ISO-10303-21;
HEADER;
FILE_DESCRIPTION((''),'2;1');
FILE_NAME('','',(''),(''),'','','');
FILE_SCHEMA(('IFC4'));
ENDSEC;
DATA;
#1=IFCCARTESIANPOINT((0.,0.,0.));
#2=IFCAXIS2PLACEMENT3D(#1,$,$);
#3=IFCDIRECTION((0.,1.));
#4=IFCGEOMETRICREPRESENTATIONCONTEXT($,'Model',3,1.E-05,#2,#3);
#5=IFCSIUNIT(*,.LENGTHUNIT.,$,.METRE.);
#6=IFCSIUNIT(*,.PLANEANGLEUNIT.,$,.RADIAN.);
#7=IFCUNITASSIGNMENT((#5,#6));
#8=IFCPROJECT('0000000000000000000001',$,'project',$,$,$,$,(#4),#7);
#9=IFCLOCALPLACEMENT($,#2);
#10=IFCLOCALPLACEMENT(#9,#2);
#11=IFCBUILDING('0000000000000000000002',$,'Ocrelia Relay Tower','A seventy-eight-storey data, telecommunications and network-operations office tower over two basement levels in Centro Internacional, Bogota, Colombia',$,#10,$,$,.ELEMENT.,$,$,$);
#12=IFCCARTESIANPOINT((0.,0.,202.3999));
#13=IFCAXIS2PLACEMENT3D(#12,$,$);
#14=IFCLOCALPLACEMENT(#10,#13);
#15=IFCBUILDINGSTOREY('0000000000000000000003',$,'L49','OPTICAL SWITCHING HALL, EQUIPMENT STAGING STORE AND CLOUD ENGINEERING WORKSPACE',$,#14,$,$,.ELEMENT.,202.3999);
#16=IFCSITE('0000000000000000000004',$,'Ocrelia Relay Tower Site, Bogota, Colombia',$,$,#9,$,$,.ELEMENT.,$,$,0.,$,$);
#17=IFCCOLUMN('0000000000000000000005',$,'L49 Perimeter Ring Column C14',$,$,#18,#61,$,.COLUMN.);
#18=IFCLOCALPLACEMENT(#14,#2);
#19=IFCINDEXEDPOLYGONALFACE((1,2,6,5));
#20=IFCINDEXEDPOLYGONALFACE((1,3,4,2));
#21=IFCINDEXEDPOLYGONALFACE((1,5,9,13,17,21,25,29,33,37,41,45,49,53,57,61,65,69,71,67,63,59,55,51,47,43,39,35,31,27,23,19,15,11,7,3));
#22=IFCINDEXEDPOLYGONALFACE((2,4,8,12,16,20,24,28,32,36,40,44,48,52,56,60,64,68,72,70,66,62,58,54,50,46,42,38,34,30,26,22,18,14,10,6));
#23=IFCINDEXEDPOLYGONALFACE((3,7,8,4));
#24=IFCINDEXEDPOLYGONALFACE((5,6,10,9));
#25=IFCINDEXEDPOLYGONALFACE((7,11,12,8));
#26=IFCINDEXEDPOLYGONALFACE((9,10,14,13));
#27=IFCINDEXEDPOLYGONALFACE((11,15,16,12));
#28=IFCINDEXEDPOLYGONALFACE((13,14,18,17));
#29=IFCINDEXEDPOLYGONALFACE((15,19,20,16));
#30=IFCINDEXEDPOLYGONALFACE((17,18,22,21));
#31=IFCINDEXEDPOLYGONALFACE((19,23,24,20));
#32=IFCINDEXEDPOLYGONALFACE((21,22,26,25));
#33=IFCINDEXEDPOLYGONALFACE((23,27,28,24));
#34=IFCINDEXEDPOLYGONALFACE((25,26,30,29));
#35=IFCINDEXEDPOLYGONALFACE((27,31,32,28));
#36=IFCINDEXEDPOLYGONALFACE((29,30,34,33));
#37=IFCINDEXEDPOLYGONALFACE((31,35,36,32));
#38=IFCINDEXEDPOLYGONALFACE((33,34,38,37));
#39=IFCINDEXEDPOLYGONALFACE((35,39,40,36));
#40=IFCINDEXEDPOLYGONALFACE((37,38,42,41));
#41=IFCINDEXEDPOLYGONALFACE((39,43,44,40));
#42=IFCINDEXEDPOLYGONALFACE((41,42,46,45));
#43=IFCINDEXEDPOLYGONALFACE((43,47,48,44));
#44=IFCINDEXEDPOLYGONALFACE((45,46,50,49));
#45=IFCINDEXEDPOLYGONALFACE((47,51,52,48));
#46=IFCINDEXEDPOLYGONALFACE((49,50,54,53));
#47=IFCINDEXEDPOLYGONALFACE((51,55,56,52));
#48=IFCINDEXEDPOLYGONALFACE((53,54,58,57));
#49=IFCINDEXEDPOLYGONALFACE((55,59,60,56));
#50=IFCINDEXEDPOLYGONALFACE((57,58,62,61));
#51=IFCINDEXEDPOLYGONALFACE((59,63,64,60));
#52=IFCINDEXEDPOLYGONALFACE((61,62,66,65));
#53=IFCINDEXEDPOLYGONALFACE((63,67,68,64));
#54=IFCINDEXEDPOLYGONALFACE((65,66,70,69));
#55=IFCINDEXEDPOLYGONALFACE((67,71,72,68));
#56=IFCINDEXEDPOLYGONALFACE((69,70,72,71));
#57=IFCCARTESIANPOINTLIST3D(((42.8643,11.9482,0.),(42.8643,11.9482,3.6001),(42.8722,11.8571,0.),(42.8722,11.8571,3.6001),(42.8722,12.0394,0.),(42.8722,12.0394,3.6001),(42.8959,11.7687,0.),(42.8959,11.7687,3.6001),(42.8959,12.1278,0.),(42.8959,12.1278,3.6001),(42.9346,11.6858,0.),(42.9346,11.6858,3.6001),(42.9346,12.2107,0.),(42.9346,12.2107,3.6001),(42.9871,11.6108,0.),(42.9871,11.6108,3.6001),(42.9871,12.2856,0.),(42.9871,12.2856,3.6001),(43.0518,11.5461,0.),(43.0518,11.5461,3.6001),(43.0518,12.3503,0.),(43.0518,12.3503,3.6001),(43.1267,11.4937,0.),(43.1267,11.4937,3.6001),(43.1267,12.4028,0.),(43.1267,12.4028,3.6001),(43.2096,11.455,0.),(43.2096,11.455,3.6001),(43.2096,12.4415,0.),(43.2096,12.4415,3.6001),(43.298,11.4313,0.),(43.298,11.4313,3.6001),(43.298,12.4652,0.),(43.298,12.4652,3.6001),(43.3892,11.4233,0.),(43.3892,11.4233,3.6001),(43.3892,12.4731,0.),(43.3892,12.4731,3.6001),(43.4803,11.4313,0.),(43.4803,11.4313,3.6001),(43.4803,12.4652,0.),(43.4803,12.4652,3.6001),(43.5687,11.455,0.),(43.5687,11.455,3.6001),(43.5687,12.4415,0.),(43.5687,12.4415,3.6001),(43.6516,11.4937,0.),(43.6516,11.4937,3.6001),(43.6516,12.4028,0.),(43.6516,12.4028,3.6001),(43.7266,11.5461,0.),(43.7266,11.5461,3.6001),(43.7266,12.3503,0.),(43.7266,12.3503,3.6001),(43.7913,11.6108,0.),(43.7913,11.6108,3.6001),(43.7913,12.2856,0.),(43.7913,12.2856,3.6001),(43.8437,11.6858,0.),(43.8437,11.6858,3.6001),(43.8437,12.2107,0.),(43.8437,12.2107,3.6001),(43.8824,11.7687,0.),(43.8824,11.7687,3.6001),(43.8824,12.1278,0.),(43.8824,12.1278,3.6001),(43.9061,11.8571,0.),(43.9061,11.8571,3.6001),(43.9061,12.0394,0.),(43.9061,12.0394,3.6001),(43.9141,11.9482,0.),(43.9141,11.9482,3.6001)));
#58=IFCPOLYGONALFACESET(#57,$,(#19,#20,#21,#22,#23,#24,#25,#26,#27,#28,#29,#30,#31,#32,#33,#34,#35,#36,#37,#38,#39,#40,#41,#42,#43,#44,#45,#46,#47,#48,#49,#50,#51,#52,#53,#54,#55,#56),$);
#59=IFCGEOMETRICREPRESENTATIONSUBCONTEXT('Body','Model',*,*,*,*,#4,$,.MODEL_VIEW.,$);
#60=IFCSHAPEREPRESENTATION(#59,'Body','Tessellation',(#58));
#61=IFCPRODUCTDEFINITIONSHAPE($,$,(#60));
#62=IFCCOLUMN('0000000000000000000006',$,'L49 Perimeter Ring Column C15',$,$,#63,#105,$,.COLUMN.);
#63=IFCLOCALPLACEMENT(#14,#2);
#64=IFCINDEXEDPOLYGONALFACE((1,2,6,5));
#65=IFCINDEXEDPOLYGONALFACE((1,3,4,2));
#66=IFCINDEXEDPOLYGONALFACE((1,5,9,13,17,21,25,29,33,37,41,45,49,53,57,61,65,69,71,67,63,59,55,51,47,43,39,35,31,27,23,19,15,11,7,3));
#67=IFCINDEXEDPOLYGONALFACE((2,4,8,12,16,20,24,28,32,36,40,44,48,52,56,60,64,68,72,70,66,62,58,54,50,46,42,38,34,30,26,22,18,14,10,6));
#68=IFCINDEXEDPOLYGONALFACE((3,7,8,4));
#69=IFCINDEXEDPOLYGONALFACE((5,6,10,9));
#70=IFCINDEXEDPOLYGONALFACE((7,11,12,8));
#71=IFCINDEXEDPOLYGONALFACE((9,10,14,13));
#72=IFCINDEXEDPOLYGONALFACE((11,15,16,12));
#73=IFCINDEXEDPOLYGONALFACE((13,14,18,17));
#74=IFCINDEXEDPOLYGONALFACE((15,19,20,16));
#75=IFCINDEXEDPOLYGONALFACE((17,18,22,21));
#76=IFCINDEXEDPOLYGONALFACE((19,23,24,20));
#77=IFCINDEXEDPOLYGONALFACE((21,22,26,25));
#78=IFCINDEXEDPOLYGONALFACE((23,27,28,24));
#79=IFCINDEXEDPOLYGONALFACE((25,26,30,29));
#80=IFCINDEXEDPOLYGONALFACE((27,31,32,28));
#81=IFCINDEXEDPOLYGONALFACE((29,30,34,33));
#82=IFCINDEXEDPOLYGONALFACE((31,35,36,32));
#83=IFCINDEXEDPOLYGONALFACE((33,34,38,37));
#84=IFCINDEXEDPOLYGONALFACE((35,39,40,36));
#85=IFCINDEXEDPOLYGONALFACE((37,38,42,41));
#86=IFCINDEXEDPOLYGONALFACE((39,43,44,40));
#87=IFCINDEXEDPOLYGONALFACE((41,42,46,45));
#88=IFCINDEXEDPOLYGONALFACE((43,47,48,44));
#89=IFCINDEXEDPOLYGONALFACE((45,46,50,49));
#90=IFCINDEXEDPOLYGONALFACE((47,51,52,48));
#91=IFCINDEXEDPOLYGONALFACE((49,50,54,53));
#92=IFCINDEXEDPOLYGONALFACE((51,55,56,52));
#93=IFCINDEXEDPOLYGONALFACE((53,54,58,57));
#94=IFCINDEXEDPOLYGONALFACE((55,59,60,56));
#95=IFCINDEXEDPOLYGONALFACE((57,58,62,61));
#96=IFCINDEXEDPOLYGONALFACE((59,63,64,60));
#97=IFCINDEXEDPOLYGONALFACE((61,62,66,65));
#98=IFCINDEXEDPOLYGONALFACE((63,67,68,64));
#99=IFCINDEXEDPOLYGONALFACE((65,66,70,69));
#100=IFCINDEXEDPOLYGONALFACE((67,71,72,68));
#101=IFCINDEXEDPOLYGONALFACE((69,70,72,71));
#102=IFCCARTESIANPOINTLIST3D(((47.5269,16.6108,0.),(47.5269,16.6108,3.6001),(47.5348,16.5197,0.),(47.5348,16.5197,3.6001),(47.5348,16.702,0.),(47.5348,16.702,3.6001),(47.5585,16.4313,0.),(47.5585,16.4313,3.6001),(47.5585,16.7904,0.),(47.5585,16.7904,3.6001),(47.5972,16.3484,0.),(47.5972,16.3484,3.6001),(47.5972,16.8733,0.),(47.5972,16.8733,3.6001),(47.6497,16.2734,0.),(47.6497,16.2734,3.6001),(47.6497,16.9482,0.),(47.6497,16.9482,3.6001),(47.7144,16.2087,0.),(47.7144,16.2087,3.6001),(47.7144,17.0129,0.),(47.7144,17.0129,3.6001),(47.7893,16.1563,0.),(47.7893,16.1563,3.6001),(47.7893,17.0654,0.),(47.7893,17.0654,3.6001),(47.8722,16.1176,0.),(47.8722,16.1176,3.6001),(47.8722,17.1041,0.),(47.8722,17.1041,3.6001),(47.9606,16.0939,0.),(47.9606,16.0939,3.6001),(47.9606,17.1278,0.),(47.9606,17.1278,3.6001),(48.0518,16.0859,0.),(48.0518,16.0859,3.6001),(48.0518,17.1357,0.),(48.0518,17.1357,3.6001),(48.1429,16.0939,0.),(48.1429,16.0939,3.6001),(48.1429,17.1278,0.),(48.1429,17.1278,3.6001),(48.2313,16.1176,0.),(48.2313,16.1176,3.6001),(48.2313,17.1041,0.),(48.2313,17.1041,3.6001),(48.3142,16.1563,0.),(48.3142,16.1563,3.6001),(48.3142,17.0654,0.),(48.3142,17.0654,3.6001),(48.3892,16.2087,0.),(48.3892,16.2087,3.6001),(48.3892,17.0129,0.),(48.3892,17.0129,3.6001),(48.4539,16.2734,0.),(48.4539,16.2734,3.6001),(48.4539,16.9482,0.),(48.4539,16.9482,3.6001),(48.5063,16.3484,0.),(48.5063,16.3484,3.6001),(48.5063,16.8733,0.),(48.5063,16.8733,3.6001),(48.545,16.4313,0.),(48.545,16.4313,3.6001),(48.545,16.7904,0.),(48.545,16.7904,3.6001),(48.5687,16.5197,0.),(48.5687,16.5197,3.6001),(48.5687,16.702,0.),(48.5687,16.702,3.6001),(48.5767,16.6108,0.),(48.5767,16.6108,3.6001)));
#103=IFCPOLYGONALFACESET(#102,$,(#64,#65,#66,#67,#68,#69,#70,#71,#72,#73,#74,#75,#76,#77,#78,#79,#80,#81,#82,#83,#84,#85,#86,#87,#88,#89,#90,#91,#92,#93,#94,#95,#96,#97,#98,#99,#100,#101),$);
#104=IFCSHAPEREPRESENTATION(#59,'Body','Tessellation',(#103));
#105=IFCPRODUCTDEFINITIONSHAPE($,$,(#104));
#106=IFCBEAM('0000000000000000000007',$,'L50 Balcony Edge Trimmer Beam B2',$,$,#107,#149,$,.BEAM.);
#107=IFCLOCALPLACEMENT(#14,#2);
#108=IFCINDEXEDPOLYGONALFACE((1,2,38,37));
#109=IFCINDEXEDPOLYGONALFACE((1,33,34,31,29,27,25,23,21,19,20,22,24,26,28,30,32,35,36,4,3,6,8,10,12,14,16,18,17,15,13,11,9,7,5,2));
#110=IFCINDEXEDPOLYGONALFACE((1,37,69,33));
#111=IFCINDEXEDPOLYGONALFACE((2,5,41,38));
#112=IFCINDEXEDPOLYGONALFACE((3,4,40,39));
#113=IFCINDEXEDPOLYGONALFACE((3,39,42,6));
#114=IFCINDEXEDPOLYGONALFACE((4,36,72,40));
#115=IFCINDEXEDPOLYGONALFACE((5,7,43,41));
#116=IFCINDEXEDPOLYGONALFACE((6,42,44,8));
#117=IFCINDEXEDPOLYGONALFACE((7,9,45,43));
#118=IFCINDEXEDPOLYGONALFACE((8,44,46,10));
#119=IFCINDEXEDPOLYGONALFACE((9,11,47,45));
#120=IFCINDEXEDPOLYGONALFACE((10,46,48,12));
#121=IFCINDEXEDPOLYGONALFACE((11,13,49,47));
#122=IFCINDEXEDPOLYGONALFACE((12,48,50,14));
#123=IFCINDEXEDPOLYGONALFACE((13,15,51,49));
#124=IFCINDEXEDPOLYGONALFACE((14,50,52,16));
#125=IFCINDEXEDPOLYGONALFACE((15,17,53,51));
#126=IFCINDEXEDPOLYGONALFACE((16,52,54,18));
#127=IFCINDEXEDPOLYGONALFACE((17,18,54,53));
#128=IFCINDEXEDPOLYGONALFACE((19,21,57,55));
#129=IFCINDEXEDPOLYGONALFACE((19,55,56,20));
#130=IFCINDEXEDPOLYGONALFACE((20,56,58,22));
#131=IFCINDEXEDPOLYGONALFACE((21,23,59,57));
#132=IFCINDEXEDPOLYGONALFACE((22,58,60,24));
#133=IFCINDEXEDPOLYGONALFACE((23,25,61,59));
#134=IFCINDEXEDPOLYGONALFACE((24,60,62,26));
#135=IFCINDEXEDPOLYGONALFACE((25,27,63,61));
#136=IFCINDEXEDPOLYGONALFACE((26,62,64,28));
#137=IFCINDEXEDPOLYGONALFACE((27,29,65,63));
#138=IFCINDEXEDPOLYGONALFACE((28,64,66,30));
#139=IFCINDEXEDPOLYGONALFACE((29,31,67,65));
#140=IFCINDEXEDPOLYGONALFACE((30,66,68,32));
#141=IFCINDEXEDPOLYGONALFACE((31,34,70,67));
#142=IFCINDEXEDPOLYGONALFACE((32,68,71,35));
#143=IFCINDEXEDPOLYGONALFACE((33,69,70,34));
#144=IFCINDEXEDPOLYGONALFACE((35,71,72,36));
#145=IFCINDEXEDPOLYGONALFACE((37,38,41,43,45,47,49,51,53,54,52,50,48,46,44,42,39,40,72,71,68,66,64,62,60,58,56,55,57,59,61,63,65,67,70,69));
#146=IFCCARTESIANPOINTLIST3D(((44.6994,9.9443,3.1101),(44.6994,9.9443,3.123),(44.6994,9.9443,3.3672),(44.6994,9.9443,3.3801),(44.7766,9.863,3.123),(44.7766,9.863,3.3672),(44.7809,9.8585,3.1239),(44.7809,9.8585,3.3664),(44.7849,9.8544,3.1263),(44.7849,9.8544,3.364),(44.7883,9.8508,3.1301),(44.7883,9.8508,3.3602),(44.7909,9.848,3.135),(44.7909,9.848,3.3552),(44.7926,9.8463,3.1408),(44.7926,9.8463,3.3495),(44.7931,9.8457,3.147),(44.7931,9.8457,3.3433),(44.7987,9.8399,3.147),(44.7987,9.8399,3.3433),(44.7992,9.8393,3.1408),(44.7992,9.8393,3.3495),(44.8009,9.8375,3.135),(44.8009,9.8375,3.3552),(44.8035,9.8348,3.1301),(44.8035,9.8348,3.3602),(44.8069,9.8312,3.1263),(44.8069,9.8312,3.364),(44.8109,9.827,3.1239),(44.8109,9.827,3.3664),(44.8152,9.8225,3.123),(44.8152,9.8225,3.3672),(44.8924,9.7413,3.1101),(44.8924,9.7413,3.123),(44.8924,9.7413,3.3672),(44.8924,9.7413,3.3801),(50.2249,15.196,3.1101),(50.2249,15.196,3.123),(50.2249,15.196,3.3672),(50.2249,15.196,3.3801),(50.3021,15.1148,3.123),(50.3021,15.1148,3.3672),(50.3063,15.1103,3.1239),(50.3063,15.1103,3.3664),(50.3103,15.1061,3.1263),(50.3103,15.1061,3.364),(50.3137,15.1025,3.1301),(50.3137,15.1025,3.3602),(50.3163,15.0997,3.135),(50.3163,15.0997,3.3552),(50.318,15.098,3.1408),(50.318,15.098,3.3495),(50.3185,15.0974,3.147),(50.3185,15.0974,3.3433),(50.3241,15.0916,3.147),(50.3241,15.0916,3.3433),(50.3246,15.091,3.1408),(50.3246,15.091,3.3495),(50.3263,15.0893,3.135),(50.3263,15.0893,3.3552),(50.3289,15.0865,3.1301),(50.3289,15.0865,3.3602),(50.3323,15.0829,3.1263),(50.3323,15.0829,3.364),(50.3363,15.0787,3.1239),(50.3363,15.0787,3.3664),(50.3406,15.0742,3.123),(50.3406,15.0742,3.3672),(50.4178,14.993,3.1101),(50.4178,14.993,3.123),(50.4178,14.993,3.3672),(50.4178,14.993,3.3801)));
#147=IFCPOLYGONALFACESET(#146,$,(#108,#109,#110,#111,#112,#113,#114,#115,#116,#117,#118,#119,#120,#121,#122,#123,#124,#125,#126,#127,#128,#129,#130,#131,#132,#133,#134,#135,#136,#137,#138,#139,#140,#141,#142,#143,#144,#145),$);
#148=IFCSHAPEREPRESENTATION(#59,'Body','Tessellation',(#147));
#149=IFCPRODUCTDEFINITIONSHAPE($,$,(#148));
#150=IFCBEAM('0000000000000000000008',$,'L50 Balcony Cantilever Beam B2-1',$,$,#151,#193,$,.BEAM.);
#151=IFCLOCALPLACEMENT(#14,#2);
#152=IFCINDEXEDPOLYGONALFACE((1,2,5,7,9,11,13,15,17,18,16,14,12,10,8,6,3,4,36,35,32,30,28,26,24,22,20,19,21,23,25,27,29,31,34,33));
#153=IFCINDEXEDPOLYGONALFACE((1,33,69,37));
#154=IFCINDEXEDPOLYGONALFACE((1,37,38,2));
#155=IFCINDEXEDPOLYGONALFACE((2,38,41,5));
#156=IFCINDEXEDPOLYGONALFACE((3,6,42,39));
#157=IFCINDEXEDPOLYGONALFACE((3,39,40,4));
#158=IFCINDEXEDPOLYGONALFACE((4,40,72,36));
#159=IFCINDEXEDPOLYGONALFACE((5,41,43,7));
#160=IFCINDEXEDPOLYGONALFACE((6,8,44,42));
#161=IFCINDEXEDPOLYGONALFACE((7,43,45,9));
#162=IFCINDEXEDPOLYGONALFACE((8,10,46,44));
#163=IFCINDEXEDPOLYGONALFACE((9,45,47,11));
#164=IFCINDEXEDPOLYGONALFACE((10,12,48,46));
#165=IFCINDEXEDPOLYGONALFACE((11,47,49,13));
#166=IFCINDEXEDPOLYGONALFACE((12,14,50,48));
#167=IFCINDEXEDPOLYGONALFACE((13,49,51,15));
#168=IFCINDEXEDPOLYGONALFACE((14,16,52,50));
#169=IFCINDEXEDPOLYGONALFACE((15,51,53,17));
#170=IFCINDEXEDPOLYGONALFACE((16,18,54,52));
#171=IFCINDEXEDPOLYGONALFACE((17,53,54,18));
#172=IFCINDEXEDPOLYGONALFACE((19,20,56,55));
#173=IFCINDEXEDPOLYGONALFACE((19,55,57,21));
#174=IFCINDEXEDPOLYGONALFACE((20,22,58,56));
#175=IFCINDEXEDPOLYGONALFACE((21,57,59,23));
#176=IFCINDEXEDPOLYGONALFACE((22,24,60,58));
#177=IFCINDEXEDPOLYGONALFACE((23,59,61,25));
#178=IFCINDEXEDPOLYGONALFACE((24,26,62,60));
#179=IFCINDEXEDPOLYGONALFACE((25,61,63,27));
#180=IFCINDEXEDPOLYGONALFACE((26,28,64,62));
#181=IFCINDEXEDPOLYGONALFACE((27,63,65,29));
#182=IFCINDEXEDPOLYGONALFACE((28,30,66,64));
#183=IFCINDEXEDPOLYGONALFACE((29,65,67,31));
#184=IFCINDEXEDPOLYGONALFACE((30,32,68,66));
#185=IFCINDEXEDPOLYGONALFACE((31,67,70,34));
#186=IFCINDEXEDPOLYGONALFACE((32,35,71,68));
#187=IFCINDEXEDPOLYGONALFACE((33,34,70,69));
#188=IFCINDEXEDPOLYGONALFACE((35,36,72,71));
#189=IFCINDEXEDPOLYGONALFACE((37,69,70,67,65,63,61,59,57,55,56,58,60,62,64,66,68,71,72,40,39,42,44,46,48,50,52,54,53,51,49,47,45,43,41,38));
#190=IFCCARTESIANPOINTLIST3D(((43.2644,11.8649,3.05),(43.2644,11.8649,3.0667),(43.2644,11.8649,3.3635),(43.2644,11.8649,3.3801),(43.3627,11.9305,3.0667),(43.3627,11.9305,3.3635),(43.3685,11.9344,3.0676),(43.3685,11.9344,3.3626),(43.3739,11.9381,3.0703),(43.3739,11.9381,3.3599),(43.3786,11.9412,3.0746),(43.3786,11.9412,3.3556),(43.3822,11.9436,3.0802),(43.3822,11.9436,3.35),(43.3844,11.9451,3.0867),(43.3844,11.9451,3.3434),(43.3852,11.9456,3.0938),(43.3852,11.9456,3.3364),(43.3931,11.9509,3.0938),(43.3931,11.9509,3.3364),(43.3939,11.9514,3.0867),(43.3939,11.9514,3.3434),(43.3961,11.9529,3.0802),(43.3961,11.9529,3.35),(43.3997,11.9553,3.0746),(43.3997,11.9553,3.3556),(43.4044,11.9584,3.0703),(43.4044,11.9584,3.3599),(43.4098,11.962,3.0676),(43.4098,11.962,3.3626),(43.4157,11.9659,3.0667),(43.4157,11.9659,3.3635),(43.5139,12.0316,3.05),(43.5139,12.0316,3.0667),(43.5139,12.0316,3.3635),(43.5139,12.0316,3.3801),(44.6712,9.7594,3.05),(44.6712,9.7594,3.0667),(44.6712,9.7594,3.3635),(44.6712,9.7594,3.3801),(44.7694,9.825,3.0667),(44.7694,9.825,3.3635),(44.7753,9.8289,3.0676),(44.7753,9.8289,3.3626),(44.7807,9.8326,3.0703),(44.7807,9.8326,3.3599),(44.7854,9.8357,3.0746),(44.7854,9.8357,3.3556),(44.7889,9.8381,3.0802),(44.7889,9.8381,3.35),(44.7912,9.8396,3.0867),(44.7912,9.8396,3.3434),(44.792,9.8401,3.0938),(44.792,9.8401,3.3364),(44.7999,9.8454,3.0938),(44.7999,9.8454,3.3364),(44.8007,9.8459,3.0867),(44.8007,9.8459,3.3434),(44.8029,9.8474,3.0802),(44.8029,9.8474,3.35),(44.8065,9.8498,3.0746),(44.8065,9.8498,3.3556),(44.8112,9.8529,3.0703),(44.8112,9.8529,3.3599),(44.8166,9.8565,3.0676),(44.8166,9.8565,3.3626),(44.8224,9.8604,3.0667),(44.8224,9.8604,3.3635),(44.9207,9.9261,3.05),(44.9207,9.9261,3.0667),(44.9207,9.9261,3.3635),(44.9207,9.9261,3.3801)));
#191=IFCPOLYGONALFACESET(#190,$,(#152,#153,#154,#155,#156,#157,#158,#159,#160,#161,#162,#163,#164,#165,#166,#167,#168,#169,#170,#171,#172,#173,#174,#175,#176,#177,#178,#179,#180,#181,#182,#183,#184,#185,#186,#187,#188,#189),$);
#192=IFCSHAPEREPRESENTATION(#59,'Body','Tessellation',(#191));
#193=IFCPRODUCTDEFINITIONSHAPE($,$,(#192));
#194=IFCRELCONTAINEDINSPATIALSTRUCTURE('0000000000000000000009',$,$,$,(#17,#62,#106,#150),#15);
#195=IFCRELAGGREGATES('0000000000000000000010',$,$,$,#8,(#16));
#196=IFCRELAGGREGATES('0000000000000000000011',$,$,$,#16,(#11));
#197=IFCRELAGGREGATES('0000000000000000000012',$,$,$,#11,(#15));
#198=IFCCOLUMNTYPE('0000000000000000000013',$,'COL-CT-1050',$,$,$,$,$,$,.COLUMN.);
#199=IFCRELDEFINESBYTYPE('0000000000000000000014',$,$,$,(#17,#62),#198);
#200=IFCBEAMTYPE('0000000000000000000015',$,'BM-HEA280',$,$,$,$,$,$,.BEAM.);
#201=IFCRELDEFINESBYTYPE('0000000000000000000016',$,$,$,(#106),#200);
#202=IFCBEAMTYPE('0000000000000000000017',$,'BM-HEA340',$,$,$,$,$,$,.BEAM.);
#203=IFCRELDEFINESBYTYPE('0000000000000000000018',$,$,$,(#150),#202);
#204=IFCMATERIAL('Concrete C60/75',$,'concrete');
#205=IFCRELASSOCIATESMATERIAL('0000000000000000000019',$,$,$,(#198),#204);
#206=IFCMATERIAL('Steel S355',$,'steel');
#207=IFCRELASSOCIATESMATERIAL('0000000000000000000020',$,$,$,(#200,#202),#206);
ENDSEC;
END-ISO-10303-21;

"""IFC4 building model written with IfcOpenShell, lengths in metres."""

from ifc_helpers import new_model, si_unit, direction, frame, origin, origin_2d, place, context, subcontext, project, spatial, circle, i_section, extrude, material, material_profile, profile_set, type_object, element, save


model = new_model("IFC4")

# Units and contexts
model_context = context("Model", 3, precision=1e-05, world=origin(), true_north=direction((0.0, 1.0)))
body_context = subcontext(model_context, "Body", "Model", "MODEL_VIEW")
ifc_project = project(units=[si_unit("LENGTHUNIT", "METRE"), si_unit("PLANEANGLEUNIT", "RADIAN")], contexts=[model_context])

# Site, building, storey
site_placement = place(None, origin())
site = spatial("IfcSite", under=ifc_project, at=site_placement, Name="Ocrelia Relay Tower Site, Bogota, Colombia", CompositionType="ELEMENT", RefElevation=0.0)
building_placement = place(site_placement, origin())
building = spatial("IfcBuilding", under=site, at=building_placement, Name="Ocrelia Relay Tower", Description="A seventy-eight-storey data, telecommunications and network-operations office tower over two basement levels in Centro Internacional, Bogota, Colombia", CompositionType="ELEMENT")
storey_placement = place(building_placement, frame((0.0, 0.0, 202.3999)))
storey = spatial("IfcBuildingStorey", under=building, at=storey_placement, Name="L49", Description="OPTICAL SWITCHING HALL, EQUIPMENT STAGING STORE AND CLOUD ENGINEERING WORKSPACE", CompositionType="ELEMENT", Elevation=202.3999)

# Columns
ifc_material_1 = material(Name="Concrete C60/75", Category="concrete")
ifc_material_profile_1 = material_profile(ifc_material_1, circle(Radius=0.5249, at=origin_2d()), Name="RC-CIR-1050")
ifc_profile_set_1 = profile_set([ifc_material_profile_1], Name="Concrete C60/75")
column_type = type_object("IfcColumnType", Name="COL-CT-1050", PredefinedType="COLUMN", material=ifc_profile_set_1)
for number, where, z_axis, x_axis, name in (
    (1, (43.3892, 11.9482, 0.0), (0.0, 0.0, 1.0), (1.0, 0.0, 0.0), "L49 Perimeter Ring Column C14"),
    (2, (48.0518, 16.6108, 0.0), (0.0, 0.0, 1.0), (1.0, 0.0, 0.0), "L49 Perimeter Ring Column C15"),
):
    element("IfcColumn", number, at=place(storey_placement, frame(where, z_axis=z_axis, x_axis=x_axis)), inside=storey, type_object=column_type, Name=name, PredefinedType="COLUMN", context=body_context, shape_type="SweptSolid", body=[
        extrude(circle(Radius=0.5249, at=origin_2d()), origin(), (0.0, 0.0, 1.0), 3.6001),
    ])

# Beams
ifc_material_2 = material(Name="Steel S355", Category="steel")
ifc_material_profile_2 = material_profile(ifc_material_2, i_section(OverallWidth=0.28, OverallDepth=0.27, WebThickness=0.0081, FlangeThickness=0.0129, FilletRadius=0.0239, at=origin_2d()), Name="HEA 280")
ifc_profile_set_2 = profile_set([ifc_material_profile_2], Name="Steel S355")
beam_type_1 = type_object("IfcBeamType", Name="BM-HEA280", PredefinedType="BEAM", material=ifc_profile_set_2)
beam_1_placement = place(storey_placement, frame((44.7959, 9.8428, 3.2451), z_axis=(0.72483, 0.688928, 0.0), x_axis=(-0.688928, 0.72483, 0.0)))
element("IfcBeam", 3, at=beam_1_placement, inside=storey, type_object=beam_type_1, Name="L50 Balcony Edge Trimmer Beam B2", PredefinedType="BEAM", context=body_context, shape_type="SweptSolid", body=[
    extrude(i_section(OverallWidth=0.28, OverallDepth=0.27, WebThickness=0.0081, FlangeThickness=0.0129, FilletRadius=0.0239, at=origin_2d()), origin(), (0.0, 0.0, 1.0), 7.623),
])
ifc_material_profile_3 = material_profile(ifc_material_2, i_section(OverallWidth=0.3, OverallDepth=0.3301, WebThickness=0.0095, FlangeThickness=0.0166, FilletRadius=0.0271, at=origin_2d()), Name="HEA 340")
ifc_profile_set_3 = profile_set([ifc_material_profile_3], Name="Steel S355")
beam_type_2 = type_object("IfcBeamType", Name="BM-HEA340", PredefinedType="BEAM", material=ifc_profile_set_3)
beam_2_placement = place(storey_placement, frame((43.3892, 11.9482, 3.2151), z_axis=(0.555545, -0.831486, 0.0), x_axis=(0.831486, 0.555545, 0.0)))
element("IfcBeam", 4, at=beam_2_placement, inside=storey, type_object=beam_type_2, Name="L50 Balcony Cantilever Beam B2-1", PredefinedType="BEAM", context=body_context, shape_type="SweptSolid", body=[
    extrude(i_section(OverallWidth=0.3, OverallDepth=0.3301, WebThickness=0.0095, FlangeThickness=0.0166, FilletRadius=0.0271, at=origin_2d()), origin(), (0.0, 0.0, 1.0), 2.5322),
])

save(model, "model.ifc")
